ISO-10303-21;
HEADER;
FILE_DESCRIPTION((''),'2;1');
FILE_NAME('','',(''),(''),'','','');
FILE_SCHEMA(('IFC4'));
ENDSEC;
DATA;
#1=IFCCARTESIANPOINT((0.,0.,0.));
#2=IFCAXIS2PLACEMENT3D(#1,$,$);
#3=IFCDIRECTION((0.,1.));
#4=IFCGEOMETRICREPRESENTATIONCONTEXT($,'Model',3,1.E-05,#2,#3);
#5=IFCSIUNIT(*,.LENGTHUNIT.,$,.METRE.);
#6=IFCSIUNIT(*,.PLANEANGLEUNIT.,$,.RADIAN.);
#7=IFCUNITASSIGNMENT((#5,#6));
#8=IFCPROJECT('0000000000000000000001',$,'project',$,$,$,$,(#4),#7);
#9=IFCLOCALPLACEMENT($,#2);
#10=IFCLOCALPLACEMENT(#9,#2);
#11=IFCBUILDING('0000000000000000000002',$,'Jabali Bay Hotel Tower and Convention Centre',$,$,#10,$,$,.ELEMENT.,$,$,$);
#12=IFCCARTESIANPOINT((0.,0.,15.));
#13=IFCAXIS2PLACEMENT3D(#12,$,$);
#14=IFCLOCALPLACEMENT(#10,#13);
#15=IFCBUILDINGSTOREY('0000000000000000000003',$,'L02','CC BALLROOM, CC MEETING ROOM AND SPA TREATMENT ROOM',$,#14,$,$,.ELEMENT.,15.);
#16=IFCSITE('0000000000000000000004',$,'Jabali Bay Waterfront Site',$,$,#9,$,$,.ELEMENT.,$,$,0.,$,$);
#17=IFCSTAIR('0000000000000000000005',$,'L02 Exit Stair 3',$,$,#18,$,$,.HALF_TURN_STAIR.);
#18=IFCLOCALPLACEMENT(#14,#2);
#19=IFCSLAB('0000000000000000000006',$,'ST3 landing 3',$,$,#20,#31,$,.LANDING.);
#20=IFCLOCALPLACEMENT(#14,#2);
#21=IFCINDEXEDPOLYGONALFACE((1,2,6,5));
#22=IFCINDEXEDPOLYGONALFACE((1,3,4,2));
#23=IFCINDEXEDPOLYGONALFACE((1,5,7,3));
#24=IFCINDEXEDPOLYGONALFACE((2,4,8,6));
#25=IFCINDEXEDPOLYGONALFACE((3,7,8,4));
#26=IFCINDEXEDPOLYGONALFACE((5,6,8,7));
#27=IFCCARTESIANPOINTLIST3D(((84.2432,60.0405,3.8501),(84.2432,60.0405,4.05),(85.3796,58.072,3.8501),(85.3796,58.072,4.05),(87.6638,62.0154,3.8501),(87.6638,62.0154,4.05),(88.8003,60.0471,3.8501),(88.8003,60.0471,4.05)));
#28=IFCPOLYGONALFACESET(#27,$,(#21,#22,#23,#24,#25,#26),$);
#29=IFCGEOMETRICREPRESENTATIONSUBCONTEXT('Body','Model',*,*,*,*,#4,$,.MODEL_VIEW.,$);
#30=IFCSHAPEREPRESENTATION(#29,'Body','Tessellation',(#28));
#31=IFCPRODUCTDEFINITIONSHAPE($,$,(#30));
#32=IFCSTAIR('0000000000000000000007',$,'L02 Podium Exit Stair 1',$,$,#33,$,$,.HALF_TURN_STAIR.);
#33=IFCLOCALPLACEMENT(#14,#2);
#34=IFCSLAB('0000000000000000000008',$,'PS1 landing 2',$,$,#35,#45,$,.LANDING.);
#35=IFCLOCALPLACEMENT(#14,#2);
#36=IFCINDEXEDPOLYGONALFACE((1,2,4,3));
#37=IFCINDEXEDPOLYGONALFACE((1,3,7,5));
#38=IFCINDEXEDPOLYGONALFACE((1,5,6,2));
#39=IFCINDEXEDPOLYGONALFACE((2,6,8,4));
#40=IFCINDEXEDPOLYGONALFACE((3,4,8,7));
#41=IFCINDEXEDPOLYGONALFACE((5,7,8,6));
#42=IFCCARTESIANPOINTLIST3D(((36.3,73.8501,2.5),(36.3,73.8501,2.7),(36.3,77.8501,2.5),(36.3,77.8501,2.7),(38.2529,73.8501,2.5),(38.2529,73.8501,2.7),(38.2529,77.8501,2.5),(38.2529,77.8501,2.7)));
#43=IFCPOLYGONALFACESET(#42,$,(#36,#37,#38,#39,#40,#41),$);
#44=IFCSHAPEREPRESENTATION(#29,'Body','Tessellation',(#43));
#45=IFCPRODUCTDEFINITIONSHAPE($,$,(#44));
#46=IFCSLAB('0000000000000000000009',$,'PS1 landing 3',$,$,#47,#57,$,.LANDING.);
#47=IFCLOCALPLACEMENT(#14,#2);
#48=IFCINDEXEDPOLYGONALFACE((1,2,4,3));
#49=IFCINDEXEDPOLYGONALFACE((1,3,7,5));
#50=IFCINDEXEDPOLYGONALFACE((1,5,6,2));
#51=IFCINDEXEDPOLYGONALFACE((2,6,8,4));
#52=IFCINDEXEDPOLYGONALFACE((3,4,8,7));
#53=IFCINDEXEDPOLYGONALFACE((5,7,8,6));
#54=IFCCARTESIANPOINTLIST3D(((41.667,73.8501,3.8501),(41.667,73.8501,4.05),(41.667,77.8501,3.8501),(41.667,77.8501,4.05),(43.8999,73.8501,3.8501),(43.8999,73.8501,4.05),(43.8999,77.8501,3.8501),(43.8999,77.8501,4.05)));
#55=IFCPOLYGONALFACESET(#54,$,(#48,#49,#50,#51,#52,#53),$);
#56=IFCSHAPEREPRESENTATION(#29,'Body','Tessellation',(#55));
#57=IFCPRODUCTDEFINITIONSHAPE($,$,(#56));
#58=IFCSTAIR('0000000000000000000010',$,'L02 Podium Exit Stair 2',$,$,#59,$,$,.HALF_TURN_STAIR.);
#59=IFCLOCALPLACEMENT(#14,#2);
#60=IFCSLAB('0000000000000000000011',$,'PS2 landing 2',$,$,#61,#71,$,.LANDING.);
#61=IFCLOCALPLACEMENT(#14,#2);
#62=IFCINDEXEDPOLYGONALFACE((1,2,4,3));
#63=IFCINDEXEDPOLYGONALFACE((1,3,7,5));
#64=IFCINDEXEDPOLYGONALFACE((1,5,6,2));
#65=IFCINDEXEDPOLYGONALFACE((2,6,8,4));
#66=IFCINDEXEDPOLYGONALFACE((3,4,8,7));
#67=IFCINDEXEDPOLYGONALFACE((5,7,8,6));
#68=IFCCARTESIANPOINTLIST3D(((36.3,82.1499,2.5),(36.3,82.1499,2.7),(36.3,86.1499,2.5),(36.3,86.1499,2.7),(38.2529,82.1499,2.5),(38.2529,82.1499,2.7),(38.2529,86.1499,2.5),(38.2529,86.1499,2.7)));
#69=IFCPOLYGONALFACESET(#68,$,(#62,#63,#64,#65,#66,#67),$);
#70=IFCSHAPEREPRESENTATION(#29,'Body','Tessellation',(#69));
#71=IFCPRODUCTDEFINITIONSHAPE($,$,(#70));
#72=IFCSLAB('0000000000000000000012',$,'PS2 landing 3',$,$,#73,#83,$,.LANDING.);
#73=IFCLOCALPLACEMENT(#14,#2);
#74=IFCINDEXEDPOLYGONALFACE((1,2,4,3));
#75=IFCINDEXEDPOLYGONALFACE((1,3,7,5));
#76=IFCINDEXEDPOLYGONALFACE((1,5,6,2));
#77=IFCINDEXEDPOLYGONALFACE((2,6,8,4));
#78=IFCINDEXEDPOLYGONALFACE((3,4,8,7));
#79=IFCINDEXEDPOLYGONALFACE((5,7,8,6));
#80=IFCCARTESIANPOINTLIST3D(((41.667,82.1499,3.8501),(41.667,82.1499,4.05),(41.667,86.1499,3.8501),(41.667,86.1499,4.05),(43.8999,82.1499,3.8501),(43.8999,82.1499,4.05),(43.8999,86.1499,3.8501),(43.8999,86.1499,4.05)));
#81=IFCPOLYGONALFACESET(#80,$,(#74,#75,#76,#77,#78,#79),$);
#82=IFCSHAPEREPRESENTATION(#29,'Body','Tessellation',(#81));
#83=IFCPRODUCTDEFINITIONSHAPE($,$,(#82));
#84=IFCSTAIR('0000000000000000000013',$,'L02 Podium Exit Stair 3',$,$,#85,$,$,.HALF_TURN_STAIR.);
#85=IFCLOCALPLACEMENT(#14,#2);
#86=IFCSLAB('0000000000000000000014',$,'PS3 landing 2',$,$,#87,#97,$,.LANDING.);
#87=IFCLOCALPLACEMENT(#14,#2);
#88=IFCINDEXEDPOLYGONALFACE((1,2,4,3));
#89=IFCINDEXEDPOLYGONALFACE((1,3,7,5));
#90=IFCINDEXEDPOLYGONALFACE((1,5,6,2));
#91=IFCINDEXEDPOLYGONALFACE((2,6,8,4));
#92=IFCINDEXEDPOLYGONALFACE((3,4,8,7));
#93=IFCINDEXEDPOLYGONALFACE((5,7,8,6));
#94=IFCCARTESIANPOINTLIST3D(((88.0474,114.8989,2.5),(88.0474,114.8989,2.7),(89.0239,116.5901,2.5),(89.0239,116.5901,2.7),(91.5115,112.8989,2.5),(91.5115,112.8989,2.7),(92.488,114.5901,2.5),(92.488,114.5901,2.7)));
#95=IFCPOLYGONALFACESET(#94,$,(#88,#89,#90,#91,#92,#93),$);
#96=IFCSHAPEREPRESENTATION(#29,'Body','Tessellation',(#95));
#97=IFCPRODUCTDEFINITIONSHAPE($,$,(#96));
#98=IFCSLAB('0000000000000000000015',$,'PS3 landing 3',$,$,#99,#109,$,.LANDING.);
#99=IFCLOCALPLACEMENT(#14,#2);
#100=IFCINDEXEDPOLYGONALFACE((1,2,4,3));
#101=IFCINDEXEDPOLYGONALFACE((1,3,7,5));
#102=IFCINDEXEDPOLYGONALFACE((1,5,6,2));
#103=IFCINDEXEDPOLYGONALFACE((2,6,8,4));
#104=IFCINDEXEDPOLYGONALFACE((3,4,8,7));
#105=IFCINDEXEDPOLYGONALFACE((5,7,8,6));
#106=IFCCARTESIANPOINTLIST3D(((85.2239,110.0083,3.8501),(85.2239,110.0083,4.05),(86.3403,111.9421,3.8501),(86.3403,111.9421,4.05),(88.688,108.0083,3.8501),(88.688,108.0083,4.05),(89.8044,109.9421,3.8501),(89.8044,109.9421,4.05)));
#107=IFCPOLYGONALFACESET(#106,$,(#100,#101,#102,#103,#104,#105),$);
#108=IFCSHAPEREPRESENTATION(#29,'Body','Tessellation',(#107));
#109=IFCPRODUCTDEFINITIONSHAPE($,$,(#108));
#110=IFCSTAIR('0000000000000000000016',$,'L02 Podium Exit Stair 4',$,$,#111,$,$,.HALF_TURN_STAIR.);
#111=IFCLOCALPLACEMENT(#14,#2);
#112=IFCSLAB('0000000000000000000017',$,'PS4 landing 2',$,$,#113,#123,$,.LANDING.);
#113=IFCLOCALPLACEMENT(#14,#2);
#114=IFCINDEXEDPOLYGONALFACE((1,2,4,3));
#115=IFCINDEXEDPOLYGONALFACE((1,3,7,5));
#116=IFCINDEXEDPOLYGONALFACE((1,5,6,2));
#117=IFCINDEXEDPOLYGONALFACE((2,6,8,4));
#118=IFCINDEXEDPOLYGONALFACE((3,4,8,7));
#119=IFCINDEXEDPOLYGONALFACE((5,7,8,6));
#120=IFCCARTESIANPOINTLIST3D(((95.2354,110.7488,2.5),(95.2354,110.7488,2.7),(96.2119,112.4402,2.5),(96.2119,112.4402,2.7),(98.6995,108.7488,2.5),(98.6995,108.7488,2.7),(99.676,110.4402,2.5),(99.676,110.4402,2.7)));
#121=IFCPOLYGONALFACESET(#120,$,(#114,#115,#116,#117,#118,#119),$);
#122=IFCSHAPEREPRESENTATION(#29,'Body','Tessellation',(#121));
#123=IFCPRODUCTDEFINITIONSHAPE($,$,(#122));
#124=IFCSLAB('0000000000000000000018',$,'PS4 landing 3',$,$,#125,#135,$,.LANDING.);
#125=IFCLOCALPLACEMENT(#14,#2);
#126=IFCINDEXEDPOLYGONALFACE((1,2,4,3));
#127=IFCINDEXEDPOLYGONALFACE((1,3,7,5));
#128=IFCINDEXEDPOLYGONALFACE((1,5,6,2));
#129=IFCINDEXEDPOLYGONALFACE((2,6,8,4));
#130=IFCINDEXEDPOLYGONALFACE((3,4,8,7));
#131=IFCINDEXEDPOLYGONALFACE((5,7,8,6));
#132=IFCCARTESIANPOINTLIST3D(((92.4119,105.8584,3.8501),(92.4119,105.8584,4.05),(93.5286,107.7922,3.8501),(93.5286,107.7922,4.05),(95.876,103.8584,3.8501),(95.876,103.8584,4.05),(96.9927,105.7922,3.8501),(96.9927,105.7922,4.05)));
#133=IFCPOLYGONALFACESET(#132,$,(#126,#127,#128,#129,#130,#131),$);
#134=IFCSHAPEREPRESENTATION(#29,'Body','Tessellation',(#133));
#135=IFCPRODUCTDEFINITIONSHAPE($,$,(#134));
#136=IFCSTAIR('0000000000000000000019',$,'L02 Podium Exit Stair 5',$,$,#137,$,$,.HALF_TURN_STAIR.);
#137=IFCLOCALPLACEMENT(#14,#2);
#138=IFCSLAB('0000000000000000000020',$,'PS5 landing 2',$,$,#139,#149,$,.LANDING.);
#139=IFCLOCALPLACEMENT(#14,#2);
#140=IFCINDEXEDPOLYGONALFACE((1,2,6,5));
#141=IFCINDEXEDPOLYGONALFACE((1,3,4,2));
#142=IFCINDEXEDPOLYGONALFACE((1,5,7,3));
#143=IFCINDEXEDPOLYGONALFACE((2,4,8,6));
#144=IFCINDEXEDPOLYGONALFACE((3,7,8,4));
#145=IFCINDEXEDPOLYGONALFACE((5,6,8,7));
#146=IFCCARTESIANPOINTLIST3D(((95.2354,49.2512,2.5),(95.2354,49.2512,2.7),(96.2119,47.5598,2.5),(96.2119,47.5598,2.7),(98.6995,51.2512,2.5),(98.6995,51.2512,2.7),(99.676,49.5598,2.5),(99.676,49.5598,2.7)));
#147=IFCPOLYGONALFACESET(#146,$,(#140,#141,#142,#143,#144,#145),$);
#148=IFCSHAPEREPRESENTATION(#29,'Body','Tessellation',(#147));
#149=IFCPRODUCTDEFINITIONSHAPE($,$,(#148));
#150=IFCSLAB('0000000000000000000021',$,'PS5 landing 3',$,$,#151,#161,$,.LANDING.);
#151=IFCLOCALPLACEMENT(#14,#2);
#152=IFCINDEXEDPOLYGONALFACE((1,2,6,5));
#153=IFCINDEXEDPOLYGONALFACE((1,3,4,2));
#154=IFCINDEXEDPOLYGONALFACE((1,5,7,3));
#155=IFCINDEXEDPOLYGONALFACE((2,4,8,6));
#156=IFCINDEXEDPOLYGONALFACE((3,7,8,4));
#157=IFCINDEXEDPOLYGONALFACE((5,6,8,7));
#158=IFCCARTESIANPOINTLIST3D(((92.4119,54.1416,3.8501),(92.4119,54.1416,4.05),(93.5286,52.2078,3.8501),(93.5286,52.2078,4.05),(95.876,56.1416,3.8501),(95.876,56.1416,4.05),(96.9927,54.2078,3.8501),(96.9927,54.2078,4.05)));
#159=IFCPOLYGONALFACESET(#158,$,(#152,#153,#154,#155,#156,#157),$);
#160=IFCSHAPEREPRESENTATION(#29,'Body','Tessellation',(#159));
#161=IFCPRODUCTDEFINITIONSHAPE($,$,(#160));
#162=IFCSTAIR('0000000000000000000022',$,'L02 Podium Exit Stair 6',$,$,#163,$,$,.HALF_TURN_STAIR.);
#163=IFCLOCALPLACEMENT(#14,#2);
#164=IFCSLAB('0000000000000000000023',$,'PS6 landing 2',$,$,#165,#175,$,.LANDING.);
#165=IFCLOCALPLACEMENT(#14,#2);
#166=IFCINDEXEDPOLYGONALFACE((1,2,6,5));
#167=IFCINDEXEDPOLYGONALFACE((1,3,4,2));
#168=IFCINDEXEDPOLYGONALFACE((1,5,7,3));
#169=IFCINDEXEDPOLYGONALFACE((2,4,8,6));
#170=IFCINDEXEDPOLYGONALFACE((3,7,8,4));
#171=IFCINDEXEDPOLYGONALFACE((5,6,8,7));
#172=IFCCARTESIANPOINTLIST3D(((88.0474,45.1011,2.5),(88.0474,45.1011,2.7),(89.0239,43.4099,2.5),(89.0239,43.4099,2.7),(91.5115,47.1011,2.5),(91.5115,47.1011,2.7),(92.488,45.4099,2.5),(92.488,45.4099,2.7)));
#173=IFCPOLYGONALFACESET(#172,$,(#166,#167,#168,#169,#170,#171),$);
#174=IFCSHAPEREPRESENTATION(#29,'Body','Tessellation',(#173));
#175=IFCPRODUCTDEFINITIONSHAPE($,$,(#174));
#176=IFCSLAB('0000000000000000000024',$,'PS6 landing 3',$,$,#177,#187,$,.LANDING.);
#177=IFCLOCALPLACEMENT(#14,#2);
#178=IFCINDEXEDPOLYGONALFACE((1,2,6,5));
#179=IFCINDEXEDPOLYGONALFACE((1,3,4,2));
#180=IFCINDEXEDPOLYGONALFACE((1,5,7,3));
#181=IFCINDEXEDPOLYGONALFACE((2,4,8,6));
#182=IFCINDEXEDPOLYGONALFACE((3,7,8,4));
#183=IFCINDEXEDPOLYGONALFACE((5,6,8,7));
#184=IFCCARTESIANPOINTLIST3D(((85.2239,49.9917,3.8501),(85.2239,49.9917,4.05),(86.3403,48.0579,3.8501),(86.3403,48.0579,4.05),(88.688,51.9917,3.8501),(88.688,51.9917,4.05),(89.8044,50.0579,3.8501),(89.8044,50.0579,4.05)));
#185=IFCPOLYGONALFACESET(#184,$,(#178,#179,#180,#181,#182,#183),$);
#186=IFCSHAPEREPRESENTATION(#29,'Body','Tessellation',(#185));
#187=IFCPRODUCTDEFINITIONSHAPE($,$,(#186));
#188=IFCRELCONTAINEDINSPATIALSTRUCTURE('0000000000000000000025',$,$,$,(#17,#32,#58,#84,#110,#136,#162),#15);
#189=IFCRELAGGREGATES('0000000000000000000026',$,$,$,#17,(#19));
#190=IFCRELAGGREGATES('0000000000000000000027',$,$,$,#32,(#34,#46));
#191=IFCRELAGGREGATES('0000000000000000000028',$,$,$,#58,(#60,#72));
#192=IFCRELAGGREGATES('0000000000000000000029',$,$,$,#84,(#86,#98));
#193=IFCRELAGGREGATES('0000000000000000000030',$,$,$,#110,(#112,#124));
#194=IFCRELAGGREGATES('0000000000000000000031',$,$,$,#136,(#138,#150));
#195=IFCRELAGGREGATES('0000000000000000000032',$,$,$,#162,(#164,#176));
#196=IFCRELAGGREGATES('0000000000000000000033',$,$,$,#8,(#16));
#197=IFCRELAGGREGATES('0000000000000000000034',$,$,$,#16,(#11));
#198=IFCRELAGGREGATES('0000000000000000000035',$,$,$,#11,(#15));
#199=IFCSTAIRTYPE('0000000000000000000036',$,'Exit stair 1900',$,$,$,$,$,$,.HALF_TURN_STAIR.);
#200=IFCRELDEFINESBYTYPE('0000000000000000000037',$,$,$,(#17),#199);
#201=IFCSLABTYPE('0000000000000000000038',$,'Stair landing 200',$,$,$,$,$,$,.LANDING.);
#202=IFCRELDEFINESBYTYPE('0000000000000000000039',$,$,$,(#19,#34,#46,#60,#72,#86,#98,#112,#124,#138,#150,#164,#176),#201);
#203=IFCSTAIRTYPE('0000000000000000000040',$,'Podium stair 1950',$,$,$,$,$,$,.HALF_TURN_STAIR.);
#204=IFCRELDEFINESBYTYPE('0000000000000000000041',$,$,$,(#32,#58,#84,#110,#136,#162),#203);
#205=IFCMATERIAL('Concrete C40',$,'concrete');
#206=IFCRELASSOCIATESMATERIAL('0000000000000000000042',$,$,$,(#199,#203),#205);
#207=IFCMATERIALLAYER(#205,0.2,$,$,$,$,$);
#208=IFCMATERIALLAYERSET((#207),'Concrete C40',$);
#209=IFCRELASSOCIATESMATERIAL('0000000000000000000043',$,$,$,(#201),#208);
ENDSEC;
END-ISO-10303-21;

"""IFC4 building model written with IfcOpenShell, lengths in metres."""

from ifc_helpers import new_model, si_unit, direction, frame, origin, place, context, subcontext, project, spatial, polyline, outline, extrude, material, layer, layer_set, type_object, element, aggregate, save


model = new_model("IFC4")

# Units and contexts
model_context = context("Model", 3, precision=1e-05, world=origin(), true_north=direction((0.0, 1.0)))
body_context = subcontext(model_context, "Body", "Model", "MODEL_VIEW")
ifc_project = project(units=[si_unit("LENGTHUNIT", "METRE"), si_unit("PLANEANGLEUNIT", "RADIAN")], contexts=[model_context])

# Site, building, storey
site_placement = place(None, origin())
site = spatial("IfcSite", under=ifc_project, at=site_placement, Name="Jabali Bay Waterfront Site", CompositionType="ELEMENT", RefElevation=0.0)
building_placement = place(site_placement, origin())
building = spatial("IfcBuilding", under=site, at=building_placement, Name="Jabali Bay Hotel Tower and Convention Centre", CompositionType="ELEMENT")
storey_placement = place(building_placement, frame((0.0, 0.0, 15.0)))
storey = spatial("IfcBuildingStorey", under=building, at=storey_placement, Name="L02", Description="CC BALLROOM, CC MEETING ROOM AND SPA TREATMENT ROOM", CompositionType="ELEMENT", Elevation=15.0)

# Shared definitions
ifc_material = material(Name="Concrete C40", Category="concrete")

# Shared definitions
stair_type_1 = type_object("IfcStairType", Name="Exit stair 1900", PredefinedType="HALF_TURN_STAIR", material=ifc_material)
ifc_layer_1 = layer(ifc_material, 0.2)
ifc_layer_set_1 = layer_set([ifc_layer_1], Name="Concrete C40")
slab_type_1 = type_object("IfcSlabType", Name="Stair landing 200", PredefinedType="LANDING", material=ifc_layer_set_1)

# Stairs, slabs
stair_1_placement = place(storey_placement, origin())
stair_1 = element("IfcStair", 1, at=stair_1_placement, inside=storey, type_object=stair_type_1, Name="L02 Exit Stair 3", PredefinedType="HALF_TURN_STAIR")
slab_1_placement = place(storey_placement, frame((0.0, 0.0, 3.8501)))
slab_1 = element("IfcSlab", 2, at=slab_1_placement, type_object=slab_type_1, Name="ST3 landing 3", PredefinedType="LANDING", context=body_context, shape_type="SweptSolid", body=[
    extrude(outline(polyline([(84.2432, 60.0405), (85.3796, 58.072), (88.8003, 60.0471), (87.6638, 62.0154), (84.2432, 60.0405)])), origin(), (0.0, 0.0, 1.0), 0.2),
])
aggregate(stair_1, [slab_1])
stair_type_2 = type_object("IfcStairType", Name="Podium stair 1950", PredefinedType="HALF_TURN_STAIR", material=ifc_material)
stair_2_placement = place(storey_placement, origin())
stair_2 = element("IfcStair", 3, at=stair_2_placement, inside=storey, type_object=stair_type_2, Name="L02 Podium Exit Stair 1", PredefinedType="HALF_TURN_STAIR")
slab_2_placement = place(storey_placement, frame((0.0, 0.0, 2.5)))
slab_2 = element("IfcSlab", 4, at=slab_2_placement, type_object=slab_type_1, Name="PS1 landing 2", PredefinedType="LANDING", context=body_context, shape_type="SweptSolid", body=[
    extrude(outline(polyline([(36.3, 73.8501), (38.2529, 73.8501), (38.2529, 77.8501), (36.3, 77.8501), (36.3, 73.8501)])), origin(), (0.0, 0.0, 1.0), 0.2),
])
slab_3_placement = place(storey_placement, frame((0.0, 0.0, 3.8501)))
slab_3 = element("IfcSlab", 5, at=slab_3_placement, type_object=slab_type_1, Name="PS1 landing 3", PredefinedType="LANDING", context=body_context, shape_type="SweptSolid", body=[
    extrude(outline(polyline([(41.667, 73.8501), (43.8999, 73.8501), (43.8999, 77.8501), (41.667, 77.8501), (41.667, 73.8501)])), origin(), (0.0, 0.0, 1.0), 0.2),
])
aggregate(stair_2, [slab_2, slab_3])
stair_3_placement = place(storey_placement, origin())
stair_3 = element("IfcStair", 6, at=stair_3_placement, inside=storey, type_object=stair_type_2, Name="L02 Podium Exit Stair 2", PredefinedType="HALF_TURN_STAIR")
slab_4_placement = place(storey_placement, frame((0.0, 0.0, 2.5)))
slab_4 = element("IfcSlab", 7, at=slab_4_placement, type_object=slab_type_1, Name="PS2 landing 2", PredefinedType="LANDING", context=body_context, shape_type="SweptSolid", body=[
    extrude(outline(polyline([(36.3, 82.1499), (38.2529, 82.1499), (38.2529, 86.1499), (36.3, 86.1499), (36.3, 82.1499)])), origin(), (0.0, 0.0, 1.0), 0.2),
])
slab_5_placement = place(storey_placement, frame((0.0, 0.0, 3.8501)))
slab_5 = element("IfcSlab", 8, at=slab_5_placement, type_object=slab_type_1, Name="PS2 landing 3", PredefinedType="LANDING", context=body_context, shape_type="SweptSolid", body=[
    extrude(outline(polyline([(41.667, 82.1499), (43.8999, 82.1499), (43.8999, 86.1499), (41.667, 86.1499), (41.667, 82.1499)])), origin(), (0.0, 0.0, 1.0), 0.2),
])
aggregate(stair_3, [slab_4, slab_5])
stair_4_placement = place(storey_placement, origin())
stair_4 = element("IfcStair", 9, at=stair_4_placement, inside=storey, type_object=stair_type_2, Name="L02 Podium Exit Stair 3", PredefinedType="HALF_TURN_STAIR")
slab_6_placement = place(storey_placement, frame((0.0, 0.0, 2.5)))
slab_6 = element("IfcSlab", 10, at=slab_6_placement, type_object=slab_type_1, Name="PS3 landing 2", PredefinedType="LANDING", context=body_context, shape_type="SweptSolid", body=[
    extrude(outline(polyline([(89.0239, 116.5901), (88.0474, 114.8989), (91.5115, 112.8989), (92.488, 114.5901), (89.0239, 116.5901)])), origin(), (0.0, 0.0, 1.0), 0.2),
])
slab_7_placement = place(storey_placement, frame((0.0, 0.0, 3.8501)))
slab_7 = element("IfcSlab", 11, at=slab_7_placement, type_object=slab_type_1, Name="PS3 landing 3", PredefinedType="LANDING", context=body_context, shape_type="SweptSolid", body=[
    extrude(outline(polyline([(86.3403, 111.9421), (85.2239, 110.0083), (88.688, 108.0083), (89.8044, 109.9421), (86.3403, 111.9421)])), origin(), (0.0, 0.0, 1.0), 0.2),
])
aggregate(stair_4, [slab_6, slab_7])
stair_5_placement = place(storey_placement, origin())
stair_5 = element("IfcStair", 12, at=stair_5_placement, inside=storey, type_object=stair_type_2, Name="L02 Podium Exit Stair 4", PredefinedType="HALF_TURN_STAIR")
slab_8_placement = place(storey_placement, frame((0.0, 0.0, 2.5)))
slab_8 = element("IfcSlab", 13, at=slab_8_placement, type_object=slab_type_1, Name="PS4 landing 2", PredefinedType="LANDING", context=body_context, shape_type="SweptSolid", body=[
    extrude(outline(polyline([(96.2119, 112.4402), (95.2354, 110.7488), (98.6995, 108.7488), (99.676, 110.4402), (96.2119, 112.4402)])), origin(), (0.0, 0.0, 1.0), 0.2),
])
slab_9_placement = place(storey_placement, frame((0.0, 0.0, 3.8501)))
slab_9 = element("IfcSlab", 14, at=slab_9_placement, type_object=slab_type_1, Name="PS4 landing 3", PredefinedType="LANDING", context=body_context, shape_type="SweptSolid", body=[
    extrude(outline(polyline([(93.5286, 107.7922), (92.4119, 105.8584), (95.876, 103.8584), (96.9927, 105.7922), (93.5286, 107.7922)])), origin(), (0.0, 0.0, 1.0), 0.2),
])
aggregate(stair_5, [slab_8, slab_9])
stair_6_placement = place(storey_placement, origin())
stair_6 = element("IfcStair", 15, at=stair_6_placement, inside=storey, type_object=stair_type_2, Name="L02 Podium Exit Stair 5", PredefinedType="HALF_TURN_STAIR")
slab_10_placement = place(storey_placement, frame((0.0, 0.0, 2.5)))
slab_10 = element("IfcSlab", 16, at=slab_10_placement, type_object=slab_type_1, Name="PS5 landing 2", PredefinedType="LANDING", context=body_context, shape_type="SweptSolid", body=[
    extrude(outline(polyline([(99.676, 49.5598), (98.6995, 51.2512), (95.2354, 49.2512), (96.2119, 47.5598), (99.676, 49.5598)])), origin(), (0.0, 0.0, 1.0), 0.2),
])
slab_11_placement = place(storey_placement, frame((0.0, 0.0, 3.8501)))
slab_11 = element("IfcSlab", 17, at=slab_11_placement, type_object=slab_type_1, Name="PS5 landing 3", PredefinedType="LANDING", context=body_context, shape_type="SweptSolid", body=[
    extrude(outline(polyline([(96.9927, 54.2078), (95.876, 56.1416), (92.4119, 54.1416), (93.5286, 52.2078), (96.9927, 54.2078)])), origin(), (0.0, 0.0, 1.0), 0.2),
])
aggregate(stair_6, [slab_10, slab_11])
stair_7_placement = place(storey_placement, origin())
stair_7 = element("IfcStair", 18, at=stair_7_placement, inside=storey, type_object=stair_type_2, Name="L02 Podium Exit Stair 6", PredefinedType="HALF_TURN_STAIR")
slab_12_placement = place(storey_placement, frame((0.0, 0.0, 2.5)))
slab_12 = element("IfcSlab", 19, at=slab_12_placement, type_object=slab_type_1, Name="PS6 landing 2", PredefinedType="LANDING", context=body_context, shape_type="SweptSolid", body=[
    extrude(outline(polyline([(92.488, 45.4099), (91.5115, 47.1011), (88.0474, 45.1011), (89.0239, 43.4099), (92.488, 45.4099)])), origin(), (0.0, 0.0, 1.0), 0.2),
])
slab_13_placement = place(storey_placement, frame((0.0, 0.0, 3.8501)))
slab_13 = element("IfcSlab", 20, at=slab_13_placement, type_object=slab_type_1, Name="PS6 landing 3", PredefinedType="LANDING", context=body_context, shape_type="SweptSolid", body=[
    extrude(outline(polyline([(89.8044, 50.0579), (88.688, 51.9917), (85.2239, 49.9917), (86.3403, 48.0579), (89.8044, 50.0579)])), origin(), (0.0, 0.0, 1.0), 0.2),
])
aggregate(stair_7, [slab_12, slab_13])

save(model, "model.ifc")
